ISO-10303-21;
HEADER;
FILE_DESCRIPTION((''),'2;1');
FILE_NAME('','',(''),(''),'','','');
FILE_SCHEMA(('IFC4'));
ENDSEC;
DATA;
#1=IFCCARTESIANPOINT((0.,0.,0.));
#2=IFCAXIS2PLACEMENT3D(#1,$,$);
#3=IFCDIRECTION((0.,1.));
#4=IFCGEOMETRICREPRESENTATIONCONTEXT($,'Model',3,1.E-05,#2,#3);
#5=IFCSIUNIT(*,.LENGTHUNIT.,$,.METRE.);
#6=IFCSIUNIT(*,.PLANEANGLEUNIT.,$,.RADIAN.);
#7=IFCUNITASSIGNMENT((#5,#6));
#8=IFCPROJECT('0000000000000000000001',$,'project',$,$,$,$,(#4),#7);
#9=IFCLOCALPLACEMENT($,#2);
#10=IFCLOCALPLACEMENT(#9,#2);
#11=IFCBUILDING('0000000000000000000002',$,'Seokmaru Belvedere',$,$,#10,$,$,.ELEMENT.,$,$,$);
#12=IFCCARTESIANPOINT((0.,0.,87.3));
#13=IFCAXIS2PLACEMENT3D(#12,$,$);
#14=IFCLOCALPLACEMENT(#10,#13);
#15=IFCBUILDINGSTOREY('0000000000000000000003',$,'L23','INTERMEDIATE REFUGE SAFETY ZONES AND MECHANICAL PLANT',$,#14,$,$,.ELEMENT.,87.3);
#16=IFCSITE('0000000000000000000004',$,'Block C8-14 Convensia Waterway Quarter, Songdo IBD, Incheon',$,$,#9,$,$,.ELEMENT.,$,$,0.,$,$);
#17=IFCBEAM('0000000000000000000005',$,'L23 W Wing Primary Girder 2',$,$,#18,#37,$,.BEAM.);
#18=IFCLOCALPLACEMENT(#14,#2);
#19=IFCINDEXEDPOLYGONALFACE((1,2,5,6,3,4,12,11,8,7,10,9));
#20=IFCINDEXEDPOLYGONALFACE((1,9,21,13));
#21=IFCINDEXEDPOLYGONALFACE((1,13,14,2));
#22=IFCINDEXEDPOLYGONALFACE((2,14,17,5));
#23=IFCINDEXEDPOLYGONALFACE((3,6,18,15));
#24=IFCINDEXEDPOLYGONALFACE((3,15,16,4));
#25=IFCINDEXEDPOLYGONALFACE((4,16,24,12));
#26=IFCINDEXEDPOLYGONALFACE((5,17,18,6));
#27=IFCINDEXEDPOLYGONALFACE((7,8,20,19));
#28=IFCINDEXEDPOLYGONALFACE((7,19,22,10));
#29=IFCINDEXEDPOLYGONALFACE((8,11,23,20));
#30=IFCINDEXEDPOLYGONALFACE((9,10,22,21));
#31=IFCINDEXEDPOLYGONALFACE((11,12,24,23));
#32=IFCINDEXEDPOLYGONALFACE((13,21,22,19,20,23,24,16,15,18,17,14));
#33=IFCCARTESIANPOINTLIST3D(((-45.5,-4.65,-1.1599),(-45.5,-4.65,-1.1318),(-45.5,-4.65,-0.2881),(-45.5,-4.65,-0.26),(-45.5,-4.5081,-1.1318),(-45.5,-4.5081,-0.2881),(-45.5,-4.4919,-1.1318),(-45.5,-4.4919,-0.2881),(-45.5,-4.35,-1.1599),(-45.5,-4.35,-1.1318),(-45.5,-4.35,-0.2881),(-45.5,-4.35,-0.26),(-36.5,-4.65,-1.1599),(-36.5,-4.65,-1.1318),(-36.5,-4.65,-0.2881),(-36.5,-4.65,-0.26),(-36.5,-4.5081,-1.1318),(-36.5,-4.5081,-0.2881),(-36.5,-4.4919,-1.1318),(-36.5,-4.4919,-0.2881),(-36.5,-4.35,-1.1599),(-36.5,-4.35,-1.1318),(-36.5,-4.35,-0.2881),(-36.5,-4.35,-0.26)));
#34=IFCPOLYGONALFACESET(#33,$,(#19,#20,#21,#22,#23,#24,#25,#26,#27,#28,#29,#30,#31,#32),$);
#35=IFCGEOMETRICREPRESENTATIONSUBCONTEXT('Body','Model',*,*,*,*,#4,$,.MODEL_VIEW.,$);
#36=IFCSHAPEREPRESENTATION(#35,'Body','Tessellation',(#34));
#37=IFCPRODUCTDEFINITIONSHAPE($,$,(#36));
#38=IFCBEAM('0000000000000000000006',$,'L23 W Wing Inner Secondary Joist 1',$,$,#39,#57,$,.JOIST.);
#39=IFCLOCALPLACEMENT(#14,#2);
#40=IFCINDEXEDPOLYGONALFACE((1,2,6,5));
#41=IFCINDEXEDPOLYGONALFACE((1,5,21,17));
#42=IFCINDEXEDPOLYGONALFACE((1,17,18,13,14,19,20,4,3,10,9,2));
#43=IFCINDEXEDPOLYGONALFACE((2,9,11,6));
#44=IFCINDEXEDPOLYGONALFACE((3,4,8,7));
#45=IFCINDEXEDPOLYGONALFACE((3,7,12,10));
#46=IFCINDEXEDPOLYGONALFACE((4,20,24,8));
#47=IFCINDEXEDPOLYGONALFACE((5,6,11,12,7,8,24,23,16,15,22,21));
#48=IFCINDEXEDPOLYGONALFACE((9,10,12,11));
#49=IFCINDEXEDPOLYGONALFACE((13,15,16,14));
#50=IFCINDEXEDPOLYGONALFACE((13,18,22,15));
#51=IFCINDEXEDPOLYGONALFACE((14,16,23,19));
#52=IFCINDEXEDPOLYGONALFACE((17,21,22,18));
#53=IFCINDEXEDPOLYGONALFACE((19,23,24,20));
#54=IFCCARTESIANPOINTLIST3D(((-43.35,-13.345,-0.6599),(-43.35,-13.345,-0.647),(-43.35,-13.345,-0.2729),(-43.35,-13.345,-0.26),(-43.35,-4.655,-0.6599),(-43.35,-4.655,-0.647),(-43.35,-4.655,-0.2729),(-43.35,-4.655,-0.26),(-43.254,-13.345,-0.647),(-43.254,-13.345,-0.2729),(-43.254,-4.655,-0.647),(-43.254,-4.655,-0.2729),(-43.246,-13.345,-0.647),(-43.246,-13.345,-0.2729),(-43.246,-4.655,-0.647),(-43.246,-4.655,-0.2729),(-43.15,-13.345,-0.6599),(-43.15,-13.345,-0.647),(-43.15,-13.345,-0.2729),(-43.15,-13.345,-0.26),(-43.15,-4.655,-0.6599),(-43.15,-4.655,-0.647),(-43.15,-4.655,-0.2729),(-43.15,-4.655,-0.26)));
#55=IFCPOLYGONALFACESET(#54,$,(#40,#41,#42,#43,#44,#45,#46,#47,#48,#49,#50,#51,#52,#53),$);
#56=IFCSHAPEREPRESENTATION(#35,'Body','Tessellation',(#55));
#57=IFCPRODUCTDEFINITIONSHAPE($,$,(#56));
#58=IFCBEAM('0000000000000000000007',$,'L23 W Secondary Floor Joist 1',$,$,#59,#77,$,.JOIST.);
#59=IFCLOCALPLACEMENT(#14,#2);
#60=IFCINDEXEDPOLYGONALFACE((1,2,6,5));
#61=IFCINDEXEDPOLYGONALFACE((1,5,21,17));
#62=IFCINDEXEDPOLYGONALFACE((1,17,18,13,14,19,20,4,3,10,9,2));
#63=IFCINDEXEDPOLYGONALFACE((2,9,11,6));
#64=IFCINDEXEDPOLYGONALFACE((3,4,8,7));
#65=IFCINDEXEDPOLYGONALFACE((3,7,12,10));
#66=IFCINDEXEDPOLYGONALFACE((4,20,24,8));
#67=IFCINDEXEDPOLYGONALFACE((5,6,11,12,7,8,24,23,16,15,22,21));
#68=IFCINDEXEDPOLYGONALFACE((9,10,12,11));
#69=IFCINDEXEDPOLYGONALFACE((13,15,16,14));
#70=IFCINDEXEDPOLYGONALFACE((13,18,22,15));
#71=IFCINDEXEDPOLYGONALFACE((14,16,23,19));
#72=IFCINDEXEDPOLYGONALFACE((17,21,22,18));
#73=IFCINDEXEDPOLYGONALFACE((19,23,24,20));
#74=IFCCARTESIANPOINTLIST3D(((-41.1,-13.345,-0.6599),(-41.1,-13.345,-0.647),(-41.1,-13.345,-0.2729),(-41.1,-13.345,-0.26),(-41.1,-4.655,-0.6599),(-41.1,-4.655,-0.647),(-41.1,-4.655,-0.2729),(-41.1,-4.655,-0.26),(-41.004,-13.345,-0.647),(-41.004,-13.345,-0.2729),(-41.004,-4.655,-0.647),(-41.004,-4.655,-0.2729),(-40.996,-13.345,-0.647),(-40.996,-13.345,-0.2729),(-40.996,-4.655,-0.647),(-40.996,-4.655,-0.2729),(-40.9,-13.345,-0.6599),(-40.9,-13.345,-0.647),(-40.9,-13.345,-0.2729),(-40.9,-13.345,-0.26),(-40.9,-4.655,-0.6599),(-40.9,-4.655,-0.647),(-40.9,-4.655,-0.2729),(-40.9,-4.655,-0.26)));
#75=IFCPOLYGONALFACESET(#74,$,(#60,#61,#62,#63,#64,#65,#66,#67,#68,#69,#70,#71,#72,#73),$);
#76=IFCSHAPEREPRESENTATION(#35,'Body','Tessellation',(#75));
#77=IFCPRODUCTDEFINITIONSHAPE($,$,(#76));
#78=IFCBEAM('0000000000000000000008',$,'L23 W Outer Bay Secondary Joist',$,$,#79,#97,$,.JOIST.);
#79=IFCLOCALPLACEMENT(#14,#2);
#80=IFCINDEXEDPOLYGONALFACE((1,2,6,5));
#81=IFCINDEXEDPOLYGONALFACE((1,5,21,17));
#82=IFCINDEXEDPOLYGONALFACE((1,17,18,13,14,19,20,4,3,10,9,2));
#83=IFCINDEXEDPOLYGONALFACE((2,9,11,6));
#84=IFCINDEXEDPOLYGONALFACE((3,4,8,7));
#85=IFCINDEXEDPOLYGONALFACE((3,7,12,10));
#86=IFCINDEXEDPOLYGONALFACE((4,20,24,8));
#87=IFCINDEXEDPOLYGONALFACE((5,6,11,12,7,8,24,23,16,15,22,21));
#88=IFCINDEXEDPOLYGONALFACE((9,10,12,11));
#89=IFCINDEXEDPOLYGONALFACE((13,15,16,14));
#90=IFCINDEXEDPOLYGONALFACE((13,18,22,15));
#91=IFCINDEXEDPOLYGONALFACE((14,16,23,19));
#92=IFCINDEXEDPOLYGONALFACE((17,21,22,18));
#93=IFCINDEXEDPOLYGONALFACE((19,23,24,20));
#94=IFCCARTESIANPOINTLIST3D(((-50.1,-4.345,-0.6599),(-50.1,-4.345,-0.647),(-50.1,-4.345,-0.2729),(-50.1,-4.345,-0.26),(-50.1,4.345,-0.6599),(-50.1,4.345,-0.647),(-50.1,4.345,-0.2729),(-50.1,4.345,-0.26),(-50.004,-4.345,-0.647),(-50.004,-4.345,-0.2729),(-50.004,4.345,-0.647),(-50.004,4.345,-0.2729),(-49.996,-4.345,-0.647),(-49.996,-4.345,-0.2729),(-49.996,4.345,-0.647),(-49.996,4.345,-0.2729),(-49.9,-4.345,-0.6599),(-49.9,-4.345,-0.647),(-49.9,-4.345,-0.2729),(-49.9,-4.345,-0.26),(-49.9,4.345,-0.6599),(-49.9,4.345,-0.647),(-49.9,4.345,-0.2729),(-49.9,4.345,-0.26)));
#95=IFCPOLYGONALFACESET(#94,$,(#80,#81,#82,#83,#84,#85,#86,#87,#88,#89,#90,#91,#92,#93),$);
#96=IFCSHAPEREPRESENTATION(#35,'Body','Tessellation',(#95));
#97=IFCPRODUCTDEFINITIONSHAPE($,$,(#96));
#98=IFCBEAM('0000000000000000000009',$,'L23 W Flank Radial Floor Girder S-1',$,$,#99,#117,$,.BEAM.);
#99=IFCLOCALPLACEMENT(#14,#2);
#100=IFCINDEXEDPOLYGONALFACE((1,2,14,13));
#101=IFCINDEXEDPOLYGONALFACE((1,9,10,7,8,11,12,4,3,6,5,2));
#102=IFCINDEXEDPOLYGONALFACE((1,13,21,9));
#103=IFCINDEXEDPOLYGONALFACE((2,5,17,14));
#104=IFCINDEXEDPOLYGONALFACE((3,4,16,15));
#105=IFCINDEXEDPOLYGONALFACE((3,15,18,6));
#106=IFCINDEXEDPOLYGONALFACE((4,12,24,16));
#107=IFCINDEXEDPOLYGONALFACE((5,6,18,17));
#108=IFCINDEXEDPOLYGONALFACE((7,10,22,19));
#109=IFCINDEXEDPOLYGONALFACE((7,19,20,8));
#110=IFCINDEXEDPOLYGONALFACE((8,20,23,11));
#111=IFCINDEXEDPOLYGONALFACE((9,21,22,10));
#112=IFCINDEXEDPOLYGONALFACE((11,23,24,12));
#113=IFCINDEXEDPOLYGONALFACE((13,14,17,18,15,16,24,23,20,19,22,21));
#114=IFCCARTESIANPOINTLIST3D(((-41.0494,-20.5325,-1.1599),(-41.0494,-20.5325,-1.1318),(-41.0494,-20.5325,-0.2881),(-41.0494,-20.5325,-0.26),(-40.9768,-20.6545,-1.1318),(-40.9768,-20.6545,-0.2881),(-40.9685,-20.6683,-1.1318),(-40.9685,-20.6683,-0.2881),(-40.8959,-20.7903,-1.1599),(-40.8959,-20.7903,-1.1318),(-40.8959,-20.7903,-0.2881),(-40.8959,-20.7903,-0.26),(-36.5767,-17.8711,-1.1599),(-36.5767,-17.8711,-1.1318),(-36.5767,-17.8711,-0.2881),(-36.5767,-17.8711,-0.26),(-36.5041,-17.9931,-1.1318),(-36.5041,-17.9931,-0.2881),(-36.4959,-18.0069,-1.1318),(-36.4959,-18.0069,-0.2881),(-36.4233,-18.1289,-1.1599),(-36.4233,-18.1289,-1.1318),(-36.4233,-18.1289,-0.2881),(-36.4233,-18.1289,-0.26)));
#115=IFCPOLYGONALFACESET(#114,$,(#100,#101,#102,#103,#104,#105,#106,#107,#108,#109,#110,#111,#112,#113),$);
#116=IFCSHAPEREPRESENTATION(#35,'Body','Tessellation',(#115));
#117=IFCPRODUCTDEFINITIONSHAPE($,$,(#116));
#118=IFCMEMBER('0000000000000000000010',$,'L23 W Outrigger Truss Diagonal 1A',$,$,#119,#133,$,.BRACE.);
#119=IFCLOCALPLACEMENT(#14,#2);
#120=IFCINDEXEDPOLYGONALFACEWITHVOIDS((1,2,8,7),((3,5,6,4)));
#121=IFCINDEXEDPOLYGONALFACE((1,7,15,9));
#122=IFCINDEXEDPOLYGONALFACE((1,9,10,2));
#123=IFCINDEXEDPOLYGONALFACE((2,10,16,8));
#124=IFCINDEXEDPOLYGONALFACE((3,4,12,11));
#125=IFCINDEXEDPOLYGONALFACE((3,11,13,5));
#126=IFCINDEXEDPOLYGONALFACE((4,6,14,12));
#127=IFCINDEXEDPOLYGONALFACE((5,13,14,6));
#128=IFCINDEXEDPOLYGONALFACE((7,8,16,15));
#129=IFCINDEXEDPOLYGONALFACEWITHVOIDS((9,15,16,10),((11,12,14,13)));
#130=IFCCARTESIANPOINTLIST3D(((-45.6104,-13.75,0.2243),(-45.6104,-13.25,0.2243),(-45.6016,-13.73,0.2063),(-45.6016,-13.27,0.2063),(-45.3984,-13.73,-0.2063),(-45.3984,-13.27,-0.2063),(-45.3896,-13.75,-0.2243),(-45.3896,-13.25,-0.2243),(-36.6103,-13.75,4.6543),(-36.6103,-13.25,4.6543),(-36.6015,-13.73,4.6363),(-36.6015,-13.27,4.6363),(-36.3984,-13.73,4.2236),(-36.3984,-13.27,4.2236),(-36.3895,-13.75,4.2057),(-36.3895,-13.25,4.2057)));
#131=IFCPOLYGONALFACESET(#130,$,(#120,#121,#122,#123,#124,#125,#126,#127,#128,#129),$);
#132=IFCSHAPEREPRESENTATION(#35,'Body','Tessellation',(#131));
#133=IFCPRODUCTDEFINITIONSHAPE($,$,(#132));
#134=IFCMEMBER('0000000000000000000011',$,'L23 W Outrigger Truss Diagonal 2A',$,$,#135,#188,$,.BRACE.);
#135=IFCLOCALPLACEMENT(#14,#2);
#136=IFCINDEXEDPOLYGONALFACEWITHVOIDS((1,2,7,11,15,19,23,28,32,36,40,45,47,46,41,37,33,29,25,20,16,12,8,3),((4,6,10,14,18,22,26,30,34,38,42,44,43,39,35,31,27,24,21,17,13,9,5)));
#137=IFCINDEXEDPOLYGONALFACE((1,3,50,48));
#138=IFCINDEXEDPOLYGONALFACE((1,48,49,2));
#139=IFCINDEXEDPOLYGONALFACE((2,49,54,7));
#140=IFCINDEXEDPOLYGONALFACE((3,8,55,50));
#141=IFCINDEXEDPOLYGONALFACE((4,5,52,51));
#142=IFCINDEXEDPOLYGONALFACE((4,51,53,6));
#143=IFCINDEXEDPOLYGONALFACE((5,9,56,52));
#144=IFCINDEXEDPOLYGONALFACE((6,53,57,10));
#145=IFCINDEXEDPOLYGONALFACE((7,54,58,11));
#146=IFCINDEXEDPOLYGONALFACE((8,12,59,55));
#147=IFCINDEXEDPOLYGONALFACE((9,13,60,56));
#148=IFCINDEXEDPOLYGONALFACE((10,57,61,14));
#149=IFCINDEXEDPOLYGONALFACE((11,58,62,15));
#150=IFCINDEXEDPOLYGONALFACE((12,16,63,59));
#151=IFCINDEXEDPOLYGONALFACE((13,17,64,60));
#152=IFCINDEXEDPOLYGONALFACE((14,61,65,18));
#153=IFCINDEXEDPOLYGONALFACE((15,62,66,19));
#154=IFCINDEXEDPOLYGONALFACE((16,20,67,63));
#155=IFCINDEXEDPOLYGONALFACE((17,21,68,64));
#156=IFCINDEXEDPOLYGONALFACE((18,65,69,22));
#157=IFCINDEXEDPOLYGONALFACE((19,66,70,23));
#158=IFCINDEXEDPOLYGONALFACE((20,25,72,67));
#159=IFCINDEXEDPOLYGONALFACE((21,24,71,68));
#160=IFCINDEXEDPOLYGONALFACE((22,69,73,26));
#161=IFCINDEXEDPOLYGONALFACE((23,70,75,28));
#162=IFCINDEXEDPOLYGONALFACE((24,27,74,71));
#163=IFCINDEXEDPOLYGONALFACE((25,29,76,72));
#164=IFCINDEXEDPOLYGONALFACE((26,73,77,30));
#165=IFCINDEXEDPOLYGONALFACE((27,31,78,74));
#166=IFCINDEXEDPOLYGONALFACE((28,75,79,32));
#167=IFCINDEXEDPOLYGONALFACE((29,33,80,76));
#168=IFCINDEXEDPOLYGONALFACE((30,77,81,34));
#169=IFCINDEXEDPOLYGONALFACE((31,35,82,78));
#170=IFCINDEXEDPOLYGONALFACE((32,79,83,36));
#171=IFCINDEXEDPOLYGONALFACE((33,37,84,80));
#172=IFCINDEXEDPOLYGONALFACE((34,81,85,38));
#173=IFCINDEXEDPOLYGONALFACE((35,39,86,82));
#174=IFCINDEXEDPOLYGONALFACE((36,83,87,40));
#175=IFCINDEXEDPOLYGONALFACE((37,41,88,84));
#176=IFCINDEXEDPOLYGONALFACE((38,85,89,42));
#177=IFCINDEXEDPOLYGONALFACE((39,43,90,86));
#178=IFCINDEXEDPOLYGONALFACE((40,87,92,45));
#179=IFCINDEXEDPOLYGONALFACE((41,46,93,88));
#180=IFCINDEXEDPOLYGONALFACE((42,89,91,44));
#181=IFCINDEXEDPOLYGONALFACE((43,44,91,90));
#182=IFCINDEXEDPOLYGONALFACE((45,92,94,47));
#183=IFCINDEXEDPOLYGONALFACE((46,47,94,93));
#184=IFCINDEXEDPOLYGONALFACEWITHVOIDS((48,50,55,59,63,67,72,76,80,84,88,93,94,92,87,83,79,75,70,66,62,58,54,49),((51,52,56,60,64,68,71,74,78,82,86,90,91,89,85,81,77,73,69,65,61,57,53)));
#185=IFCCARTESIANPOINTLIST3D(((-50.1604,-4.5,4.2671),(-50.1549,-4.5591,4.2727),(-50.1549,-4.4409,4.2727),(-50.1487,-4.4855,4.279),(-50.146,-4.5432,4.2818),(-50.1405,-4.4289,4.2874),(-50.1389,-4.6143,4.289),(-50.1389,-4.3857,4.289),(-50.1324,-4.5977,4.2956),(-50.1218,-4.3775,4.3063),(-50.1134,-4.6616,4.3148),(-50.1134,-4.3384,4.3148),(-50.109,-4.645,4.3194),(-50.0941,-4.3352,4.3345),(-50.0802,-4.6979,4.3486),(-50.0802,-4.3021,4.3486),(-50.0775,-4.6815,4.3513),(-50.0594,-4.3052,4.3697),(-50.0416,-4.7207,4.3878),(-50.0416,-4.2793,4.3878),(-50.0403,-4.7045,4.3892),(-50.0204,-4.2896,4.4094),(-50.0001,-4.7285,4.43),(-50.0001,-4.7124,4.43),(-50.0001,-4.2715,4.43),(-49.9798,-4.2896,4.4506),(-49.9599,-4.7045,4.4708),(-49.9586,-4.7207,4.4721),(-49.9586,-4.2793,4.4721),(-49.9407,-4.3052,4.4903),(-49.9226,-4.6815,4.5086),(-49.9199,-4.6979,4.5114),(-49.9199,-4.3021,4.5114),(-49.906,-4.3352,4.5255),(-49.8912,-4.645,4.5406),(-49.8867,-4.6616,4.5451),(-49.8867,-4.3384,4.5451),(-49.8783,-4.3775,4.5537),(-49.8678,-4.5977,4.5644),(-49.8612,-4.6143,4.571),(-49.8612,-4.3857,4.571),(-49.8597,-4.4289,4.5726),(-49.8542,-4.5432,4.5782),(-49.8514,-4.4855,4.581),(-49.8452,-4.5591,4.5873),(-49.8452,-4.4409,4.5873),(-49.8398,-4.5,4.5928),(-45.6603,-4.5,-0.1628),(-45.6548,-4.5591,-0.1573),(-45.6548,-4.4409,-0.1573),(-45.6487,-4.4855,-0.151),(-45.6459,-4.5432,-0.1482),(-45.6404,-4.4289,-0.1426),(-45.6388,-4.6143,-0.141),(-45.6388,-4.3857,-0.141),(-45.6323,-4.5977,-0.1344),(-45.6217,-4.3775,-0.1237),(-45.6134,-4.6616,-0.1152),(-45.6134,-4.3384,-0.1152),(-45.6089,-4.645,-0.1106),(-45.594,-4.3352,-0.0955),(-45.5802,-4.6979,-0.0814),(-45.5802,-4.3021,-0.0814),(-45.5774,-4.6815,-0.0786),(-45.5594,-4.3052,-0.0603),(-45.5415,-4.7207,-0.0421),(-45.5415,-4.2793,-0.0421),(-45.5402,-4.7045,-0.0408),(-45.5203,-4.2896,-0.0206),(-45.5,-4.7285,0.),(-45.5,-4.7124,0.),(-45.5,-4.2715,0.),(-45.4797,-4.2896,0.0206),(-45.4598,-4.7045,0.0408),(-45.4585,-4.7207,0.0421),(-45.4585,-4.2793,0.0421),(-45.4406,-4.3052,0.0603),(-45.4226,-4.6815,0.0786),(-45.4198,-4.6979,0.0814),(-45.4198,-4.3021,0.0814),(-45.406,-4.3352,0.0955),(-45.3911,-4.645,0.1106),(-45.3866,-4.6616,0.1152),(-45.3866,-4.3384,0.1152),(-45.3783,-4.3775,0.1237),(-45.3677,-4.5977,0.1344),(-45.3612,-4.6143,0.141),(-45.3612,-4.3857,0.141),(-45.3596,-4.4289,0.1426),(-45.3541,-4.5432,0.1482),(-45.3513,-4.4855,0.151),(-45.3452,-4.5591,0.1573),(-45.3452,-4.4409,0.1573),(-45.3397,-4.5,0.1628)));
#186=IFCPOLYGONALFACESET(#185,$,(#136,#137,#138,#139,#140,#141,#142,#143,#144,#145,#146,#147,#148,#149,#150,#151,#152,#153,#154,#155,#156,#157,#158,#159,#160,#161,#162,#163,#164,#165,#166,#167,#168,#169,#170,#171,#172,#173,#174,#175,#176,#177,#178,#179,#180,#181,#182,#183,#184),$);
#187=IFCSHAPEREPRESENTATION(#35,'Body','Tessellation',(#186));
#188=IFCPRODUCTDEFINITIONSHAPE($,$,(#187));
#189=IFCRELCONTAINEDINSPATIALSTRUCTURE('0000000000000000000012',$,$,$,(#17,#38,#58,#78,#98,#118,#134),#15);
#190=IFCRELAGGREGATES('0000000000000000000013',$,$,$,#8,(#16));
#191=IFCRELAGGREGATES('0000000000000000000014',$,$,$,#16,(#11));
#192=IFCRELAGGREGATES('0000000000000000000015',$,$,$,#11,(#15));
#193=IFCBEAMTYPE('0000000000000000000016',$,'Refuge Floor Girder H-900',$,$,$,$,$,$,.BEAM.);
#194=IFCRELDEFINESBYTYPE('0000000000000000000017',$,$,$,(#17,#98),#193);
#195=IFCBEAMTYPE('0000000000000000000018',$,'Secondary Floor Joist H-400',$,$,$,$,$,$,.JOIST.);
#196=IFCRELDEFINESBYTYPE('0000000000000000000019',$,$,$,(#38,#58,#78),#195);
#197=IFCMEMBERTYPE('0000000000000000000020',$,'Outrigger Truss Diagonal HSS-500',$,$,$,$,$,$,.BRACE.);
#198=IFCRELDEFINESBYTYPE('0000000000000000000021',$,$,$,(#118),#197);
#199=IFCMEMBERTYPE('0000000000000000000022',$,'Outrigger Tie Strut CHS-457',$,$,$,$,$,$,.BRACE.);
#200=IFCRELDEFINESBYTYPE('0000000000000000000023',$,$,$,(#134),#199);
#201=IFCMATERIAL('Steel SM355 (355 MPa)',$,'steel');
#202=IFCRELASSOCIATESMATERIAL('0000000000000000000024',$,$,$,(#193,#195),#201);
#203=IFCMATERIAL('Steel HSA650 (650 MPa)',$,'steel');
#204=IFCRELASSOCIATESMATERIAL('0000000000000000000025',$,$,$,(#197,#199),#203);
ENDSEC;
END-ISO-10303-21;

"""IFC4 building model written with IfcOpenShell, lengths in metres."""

from ifc_helpers import new_model, si_unit, direction, frame, origin, origin_2d, place, context, subcontext, project, spatial, hollow_rectangle, hollow_circle, i_section, extrude, source, transform, mapped, material, material_profile, profile_set, type_object, type_shapes, element, save


model = new_model("IFC4")

# Units and contexts
model_context = context("Model", 3, precision=1e-05, world=origin(), true_north=direction((0.0, 1.0)))
body_context = subcontext(model_context, "Body", "Model", "MODEL_VIEW")
ifc_project = project(units=[si_unit("LENGTHUNIT", "METRE"), si_unit("PLANEANGLEUNIT", "RADIAN")], contexts=[model_context])

# Site, building, storey
site_placement = place(None, origin())
site = spatial("IfcSite", under=ifc_project, at=site_placement, Name="Block C8-14 Convensia Waterway Quarter, Songdo IBD, Incheon", CompositionType="ELEMENT", RefElevation=0.0)
building_placement = place(site_placement, origin())
building = spatial("IfcBuilding", under=site, at=building_placement, Name="Seokmaru Belvedere", CompositionType="ELEMENT")
storey_placement = place(building_placement, frame((0.0, 0.0, 87.3)))
storey = spatial("IfcBuildingStorey", under=building, at=storey_placement, Name="L23", Description="INTERMEDIATE REFUGE SAFETY ZONES AND MECHANICAL PLANT", CompositionType="ELEMENT", Elevation=87.3)

# Shared definitions
ifc_material_1 = material(Name="Steel SM355 (355 MPa)", Category="steel")

# Beams
ifc_material_profile_1 = material_profile(ifc_material_1, i_section(OverallWidth=0.3, OverallDepth=0.8999, WebThickness=0.0161, FlangeThickness=0.0281, at=origin_2d()), Name="H-900x300x16x28")
ifc_profile_set_1 = profile_set([ifc_material_profile_1], Name="Steel SM355 (355 MPa)")
beam_type_1 = type_object("IfcBeamType", Name="Refuge Floor Girder H-900", PredefinedType="BEAM", material=ifc_profile_set_1)
shared_shape_1 = source(origin(), body_context, "Body", "SweptSolid", [
    extrude(i_section(OverallWidth=0.3, OverallDepth=0.8999, WebThickness=0.0161, FlangeThickness=0.0281, at=origin_2d()), origin(), (0.0, 0.0, 1.0), 9.0),
])
for number, where, z_axis, x_axis, name in (
    (1, (-45.5, -4.5, -0.71), (1.0, 0.0, 0.0), (0.0, 1.0, 0.0), "L23 W Wing Primary Girder 2"),
):
    element("IfcBeam", number, at=place(storey_placement, frame(where, z_axis=z_axis, x_axis=x_axis)), inside=storey, type_object=beam_type_1, Name=name, PredefinedType="BEAM", context=body_context, shape_type="MappedRepresentation", body=[
        mapped(shared_shape_1, transform((0.0, 0.0, 0.0), scale=1.0)),
    ])
ifc_material_profile_2 = material_profile(ifc_material_1, i_section(OverallWidth=0.2, OverallDepth=0.3999, WebThickness=0.0081, FlangeThickness=0.0129, at=origin_2d()), Name="H-400x200x8x13")
ifc_profile_set_2 = profile_set([ifc_material_profile_2], Name="Steel SM355 (355 MPa)")
beam_type_2 = type_object("IfcBeamType", Name="Secondary Floor Joist H-400", PredefinedType="JOIST", material=ifc_profile_set_2)
shared_shape_2 = source(origin(), body_context, "Body", "SweptSolid", [
    extrude(i_section(OverallWidth=0.2, OverallDepth=0.3999, WebThickness=0.0081, FlangeThickness=0.0129, at=origin_2d()), origin(), (0.0, 0.0, 1.0), 8.6899),
])
type_shapes(beam_type_2, [shared_shape_2])
for number, where, z_axis, x_axis, name in (
    (2, (-43.25, -13.345, -0.46), (0.0, 1.0, 0.0), (-1.0, 0.0, 0.0), "L23 W Wing Inner Secondary Joist 1"),
    (3, (-41.0, -13.345, -0.46), (0.0, 1.0, 0.0), (-1.0, 0.0, 0.0), "L23 W Secondary Floor Joist 1"),
    (4, (-50.0, -4.345, -0.46), (0.0, 1.0, 0.0), (-1.0, 0.0, 0.0), "L23 W Outer Bay Secondary Joist"),
):
    element("IfcBeam", number, at=place(storey_placement, frame(where, z_axis=z_axis, x_axis=x_axis)), inside=storey, type_object=beam_type_2, Name=name, PredefinedType="JOIST", context=body_context, shape_type="MappedRepresentation", body=[
        mapped(shared_shape_2, transform((0.0, 0.0, 0.0), scale=1.0)),
    ])
shared_shape_3 = source(origin(), body_context, "Body", "SweptSolid", [
    extrude(i_section(OverallWidth=0.3, OverallDepth=0.8999, WebThickness=0.0161, FlangeThickness=0.0281, at=origin_2d()), origin(), (0.0, 0.0, 1.0), 5.2046),
])
type_shapes(beam_type_1, [shared_shape_1, shared_shape_3])
beam_1_placement = place(storey_placement, frame((-40.9727, -20.6614, -0.71), z_axis=(0.85937, 0.511354, 0.0), x_axis=(-0.511354, 0.85937, 0.0)))
element("IfcBeam", 5, at=beam_1_placement, inside=storey, type_object=beam_type_1, Name="L23 W Flank Radial Floor Girder S-1", PredefinedType="BEAM", context=body_context, shape_type="MappedRepresentation", body=[
    mapped(shared_shape_3, transform((0.0, 0.0, 0.0), scale=1.0)),
])

# Members
ifc_material_2 = material(Name="Steel HSA650 (650 MPa)", Category="steel")
ifc_material_profile_3 = material_profile(ifc_material_2, hollow_rectangle(XDim=0.5, YDim=0.5, WallThickness=0.02, at=origin_2d()), Name="HSS-500x500x20")
ifc_profile_set_3 = profile_set([ifc_material_profile_3], Name="Steel HSA650 (650 MPa)")
member_type_1 = type_object("IfcMemberType", Name="Outrigger Truss Diagonal HSS-500", PredefinedType="BRACE", material=ifc_profile_set_3)
shared_shape_4 = source(origin(), body_context, "Body", "SweptSolid", [
    extrude(hollow_rectangle(XDim=0.5, YDim=0.5, WallThickness=0.02, at=origin_2d()), origin(), (0.0, 0.0, 1.0), 10.0312),
])
type_shapes(member_type_1, [shared_shape_4])
member_1_placement = place(storey_placement, frame((-45.5, -13.5, 0.0), z_axis=(0.897204, 0.0, 0.441617), x_axis=(0.0, 1.0, 0.0)))
element("IfcMember", 6, at=member_1_placement, inside=storey, type_object=member_type_1, Name="L23 W Outrigger Truss Diagonal 1A", PredefinedType="BRACE", context=body_context, shape_type="MappedRepresentation", body=[
    mapped(shared_shape_4, transform((0.0, 0.0, 0.0), scale=1.0)),
])
ifc_material_profile_4 = material_profile(ifc_material_2, hollow_circle(Radius=0.2285, WallThickness=0.0161, at=origin_2d()), Name="CHS-457.2x16.0")
ifc_profile_set_4 = profile_set([ifc_material_profile_4], Name="Steel HSA650 (650 MPa)")
member_type_2 = type_object("IfcMemberType", Name="Outrigger Tie Strut CHS-457", PredefinedType="BRACE", material=ifc_profile_set_4)
shared_shape_5 = source(origin(), body_context, "Body", "SweptSolid", [
    extrude(hollow_circle(Radius=0.2285, WallThickness=0.0161, at=origin_2d()), origin(), (0.0, 0.0, 1.0), 6.3147),
])
type_shapes(member_type_2, [shared_shape_5])
member_2_placement = place(storey_placement, frame((-45.5, -4.5, 0.0), z_axis=(-0.712633, 0.0, 0.701537), x_axis=(0.0, -1.0, 0.0)))
element("IfcMember", 7, at=member_2_placement, inside=storey, type_object=member_type_2, Name="L23 W Outrigger Truss Diagonal 2A", PredefinedType="BRACE", context=body_context, shape_type="MappedRepresentation", body=[
    mapped(shared_shape_5, transform((0.0, 0.0, 0.0), scale=1.0)),
])

save(model, "model.ifc")
